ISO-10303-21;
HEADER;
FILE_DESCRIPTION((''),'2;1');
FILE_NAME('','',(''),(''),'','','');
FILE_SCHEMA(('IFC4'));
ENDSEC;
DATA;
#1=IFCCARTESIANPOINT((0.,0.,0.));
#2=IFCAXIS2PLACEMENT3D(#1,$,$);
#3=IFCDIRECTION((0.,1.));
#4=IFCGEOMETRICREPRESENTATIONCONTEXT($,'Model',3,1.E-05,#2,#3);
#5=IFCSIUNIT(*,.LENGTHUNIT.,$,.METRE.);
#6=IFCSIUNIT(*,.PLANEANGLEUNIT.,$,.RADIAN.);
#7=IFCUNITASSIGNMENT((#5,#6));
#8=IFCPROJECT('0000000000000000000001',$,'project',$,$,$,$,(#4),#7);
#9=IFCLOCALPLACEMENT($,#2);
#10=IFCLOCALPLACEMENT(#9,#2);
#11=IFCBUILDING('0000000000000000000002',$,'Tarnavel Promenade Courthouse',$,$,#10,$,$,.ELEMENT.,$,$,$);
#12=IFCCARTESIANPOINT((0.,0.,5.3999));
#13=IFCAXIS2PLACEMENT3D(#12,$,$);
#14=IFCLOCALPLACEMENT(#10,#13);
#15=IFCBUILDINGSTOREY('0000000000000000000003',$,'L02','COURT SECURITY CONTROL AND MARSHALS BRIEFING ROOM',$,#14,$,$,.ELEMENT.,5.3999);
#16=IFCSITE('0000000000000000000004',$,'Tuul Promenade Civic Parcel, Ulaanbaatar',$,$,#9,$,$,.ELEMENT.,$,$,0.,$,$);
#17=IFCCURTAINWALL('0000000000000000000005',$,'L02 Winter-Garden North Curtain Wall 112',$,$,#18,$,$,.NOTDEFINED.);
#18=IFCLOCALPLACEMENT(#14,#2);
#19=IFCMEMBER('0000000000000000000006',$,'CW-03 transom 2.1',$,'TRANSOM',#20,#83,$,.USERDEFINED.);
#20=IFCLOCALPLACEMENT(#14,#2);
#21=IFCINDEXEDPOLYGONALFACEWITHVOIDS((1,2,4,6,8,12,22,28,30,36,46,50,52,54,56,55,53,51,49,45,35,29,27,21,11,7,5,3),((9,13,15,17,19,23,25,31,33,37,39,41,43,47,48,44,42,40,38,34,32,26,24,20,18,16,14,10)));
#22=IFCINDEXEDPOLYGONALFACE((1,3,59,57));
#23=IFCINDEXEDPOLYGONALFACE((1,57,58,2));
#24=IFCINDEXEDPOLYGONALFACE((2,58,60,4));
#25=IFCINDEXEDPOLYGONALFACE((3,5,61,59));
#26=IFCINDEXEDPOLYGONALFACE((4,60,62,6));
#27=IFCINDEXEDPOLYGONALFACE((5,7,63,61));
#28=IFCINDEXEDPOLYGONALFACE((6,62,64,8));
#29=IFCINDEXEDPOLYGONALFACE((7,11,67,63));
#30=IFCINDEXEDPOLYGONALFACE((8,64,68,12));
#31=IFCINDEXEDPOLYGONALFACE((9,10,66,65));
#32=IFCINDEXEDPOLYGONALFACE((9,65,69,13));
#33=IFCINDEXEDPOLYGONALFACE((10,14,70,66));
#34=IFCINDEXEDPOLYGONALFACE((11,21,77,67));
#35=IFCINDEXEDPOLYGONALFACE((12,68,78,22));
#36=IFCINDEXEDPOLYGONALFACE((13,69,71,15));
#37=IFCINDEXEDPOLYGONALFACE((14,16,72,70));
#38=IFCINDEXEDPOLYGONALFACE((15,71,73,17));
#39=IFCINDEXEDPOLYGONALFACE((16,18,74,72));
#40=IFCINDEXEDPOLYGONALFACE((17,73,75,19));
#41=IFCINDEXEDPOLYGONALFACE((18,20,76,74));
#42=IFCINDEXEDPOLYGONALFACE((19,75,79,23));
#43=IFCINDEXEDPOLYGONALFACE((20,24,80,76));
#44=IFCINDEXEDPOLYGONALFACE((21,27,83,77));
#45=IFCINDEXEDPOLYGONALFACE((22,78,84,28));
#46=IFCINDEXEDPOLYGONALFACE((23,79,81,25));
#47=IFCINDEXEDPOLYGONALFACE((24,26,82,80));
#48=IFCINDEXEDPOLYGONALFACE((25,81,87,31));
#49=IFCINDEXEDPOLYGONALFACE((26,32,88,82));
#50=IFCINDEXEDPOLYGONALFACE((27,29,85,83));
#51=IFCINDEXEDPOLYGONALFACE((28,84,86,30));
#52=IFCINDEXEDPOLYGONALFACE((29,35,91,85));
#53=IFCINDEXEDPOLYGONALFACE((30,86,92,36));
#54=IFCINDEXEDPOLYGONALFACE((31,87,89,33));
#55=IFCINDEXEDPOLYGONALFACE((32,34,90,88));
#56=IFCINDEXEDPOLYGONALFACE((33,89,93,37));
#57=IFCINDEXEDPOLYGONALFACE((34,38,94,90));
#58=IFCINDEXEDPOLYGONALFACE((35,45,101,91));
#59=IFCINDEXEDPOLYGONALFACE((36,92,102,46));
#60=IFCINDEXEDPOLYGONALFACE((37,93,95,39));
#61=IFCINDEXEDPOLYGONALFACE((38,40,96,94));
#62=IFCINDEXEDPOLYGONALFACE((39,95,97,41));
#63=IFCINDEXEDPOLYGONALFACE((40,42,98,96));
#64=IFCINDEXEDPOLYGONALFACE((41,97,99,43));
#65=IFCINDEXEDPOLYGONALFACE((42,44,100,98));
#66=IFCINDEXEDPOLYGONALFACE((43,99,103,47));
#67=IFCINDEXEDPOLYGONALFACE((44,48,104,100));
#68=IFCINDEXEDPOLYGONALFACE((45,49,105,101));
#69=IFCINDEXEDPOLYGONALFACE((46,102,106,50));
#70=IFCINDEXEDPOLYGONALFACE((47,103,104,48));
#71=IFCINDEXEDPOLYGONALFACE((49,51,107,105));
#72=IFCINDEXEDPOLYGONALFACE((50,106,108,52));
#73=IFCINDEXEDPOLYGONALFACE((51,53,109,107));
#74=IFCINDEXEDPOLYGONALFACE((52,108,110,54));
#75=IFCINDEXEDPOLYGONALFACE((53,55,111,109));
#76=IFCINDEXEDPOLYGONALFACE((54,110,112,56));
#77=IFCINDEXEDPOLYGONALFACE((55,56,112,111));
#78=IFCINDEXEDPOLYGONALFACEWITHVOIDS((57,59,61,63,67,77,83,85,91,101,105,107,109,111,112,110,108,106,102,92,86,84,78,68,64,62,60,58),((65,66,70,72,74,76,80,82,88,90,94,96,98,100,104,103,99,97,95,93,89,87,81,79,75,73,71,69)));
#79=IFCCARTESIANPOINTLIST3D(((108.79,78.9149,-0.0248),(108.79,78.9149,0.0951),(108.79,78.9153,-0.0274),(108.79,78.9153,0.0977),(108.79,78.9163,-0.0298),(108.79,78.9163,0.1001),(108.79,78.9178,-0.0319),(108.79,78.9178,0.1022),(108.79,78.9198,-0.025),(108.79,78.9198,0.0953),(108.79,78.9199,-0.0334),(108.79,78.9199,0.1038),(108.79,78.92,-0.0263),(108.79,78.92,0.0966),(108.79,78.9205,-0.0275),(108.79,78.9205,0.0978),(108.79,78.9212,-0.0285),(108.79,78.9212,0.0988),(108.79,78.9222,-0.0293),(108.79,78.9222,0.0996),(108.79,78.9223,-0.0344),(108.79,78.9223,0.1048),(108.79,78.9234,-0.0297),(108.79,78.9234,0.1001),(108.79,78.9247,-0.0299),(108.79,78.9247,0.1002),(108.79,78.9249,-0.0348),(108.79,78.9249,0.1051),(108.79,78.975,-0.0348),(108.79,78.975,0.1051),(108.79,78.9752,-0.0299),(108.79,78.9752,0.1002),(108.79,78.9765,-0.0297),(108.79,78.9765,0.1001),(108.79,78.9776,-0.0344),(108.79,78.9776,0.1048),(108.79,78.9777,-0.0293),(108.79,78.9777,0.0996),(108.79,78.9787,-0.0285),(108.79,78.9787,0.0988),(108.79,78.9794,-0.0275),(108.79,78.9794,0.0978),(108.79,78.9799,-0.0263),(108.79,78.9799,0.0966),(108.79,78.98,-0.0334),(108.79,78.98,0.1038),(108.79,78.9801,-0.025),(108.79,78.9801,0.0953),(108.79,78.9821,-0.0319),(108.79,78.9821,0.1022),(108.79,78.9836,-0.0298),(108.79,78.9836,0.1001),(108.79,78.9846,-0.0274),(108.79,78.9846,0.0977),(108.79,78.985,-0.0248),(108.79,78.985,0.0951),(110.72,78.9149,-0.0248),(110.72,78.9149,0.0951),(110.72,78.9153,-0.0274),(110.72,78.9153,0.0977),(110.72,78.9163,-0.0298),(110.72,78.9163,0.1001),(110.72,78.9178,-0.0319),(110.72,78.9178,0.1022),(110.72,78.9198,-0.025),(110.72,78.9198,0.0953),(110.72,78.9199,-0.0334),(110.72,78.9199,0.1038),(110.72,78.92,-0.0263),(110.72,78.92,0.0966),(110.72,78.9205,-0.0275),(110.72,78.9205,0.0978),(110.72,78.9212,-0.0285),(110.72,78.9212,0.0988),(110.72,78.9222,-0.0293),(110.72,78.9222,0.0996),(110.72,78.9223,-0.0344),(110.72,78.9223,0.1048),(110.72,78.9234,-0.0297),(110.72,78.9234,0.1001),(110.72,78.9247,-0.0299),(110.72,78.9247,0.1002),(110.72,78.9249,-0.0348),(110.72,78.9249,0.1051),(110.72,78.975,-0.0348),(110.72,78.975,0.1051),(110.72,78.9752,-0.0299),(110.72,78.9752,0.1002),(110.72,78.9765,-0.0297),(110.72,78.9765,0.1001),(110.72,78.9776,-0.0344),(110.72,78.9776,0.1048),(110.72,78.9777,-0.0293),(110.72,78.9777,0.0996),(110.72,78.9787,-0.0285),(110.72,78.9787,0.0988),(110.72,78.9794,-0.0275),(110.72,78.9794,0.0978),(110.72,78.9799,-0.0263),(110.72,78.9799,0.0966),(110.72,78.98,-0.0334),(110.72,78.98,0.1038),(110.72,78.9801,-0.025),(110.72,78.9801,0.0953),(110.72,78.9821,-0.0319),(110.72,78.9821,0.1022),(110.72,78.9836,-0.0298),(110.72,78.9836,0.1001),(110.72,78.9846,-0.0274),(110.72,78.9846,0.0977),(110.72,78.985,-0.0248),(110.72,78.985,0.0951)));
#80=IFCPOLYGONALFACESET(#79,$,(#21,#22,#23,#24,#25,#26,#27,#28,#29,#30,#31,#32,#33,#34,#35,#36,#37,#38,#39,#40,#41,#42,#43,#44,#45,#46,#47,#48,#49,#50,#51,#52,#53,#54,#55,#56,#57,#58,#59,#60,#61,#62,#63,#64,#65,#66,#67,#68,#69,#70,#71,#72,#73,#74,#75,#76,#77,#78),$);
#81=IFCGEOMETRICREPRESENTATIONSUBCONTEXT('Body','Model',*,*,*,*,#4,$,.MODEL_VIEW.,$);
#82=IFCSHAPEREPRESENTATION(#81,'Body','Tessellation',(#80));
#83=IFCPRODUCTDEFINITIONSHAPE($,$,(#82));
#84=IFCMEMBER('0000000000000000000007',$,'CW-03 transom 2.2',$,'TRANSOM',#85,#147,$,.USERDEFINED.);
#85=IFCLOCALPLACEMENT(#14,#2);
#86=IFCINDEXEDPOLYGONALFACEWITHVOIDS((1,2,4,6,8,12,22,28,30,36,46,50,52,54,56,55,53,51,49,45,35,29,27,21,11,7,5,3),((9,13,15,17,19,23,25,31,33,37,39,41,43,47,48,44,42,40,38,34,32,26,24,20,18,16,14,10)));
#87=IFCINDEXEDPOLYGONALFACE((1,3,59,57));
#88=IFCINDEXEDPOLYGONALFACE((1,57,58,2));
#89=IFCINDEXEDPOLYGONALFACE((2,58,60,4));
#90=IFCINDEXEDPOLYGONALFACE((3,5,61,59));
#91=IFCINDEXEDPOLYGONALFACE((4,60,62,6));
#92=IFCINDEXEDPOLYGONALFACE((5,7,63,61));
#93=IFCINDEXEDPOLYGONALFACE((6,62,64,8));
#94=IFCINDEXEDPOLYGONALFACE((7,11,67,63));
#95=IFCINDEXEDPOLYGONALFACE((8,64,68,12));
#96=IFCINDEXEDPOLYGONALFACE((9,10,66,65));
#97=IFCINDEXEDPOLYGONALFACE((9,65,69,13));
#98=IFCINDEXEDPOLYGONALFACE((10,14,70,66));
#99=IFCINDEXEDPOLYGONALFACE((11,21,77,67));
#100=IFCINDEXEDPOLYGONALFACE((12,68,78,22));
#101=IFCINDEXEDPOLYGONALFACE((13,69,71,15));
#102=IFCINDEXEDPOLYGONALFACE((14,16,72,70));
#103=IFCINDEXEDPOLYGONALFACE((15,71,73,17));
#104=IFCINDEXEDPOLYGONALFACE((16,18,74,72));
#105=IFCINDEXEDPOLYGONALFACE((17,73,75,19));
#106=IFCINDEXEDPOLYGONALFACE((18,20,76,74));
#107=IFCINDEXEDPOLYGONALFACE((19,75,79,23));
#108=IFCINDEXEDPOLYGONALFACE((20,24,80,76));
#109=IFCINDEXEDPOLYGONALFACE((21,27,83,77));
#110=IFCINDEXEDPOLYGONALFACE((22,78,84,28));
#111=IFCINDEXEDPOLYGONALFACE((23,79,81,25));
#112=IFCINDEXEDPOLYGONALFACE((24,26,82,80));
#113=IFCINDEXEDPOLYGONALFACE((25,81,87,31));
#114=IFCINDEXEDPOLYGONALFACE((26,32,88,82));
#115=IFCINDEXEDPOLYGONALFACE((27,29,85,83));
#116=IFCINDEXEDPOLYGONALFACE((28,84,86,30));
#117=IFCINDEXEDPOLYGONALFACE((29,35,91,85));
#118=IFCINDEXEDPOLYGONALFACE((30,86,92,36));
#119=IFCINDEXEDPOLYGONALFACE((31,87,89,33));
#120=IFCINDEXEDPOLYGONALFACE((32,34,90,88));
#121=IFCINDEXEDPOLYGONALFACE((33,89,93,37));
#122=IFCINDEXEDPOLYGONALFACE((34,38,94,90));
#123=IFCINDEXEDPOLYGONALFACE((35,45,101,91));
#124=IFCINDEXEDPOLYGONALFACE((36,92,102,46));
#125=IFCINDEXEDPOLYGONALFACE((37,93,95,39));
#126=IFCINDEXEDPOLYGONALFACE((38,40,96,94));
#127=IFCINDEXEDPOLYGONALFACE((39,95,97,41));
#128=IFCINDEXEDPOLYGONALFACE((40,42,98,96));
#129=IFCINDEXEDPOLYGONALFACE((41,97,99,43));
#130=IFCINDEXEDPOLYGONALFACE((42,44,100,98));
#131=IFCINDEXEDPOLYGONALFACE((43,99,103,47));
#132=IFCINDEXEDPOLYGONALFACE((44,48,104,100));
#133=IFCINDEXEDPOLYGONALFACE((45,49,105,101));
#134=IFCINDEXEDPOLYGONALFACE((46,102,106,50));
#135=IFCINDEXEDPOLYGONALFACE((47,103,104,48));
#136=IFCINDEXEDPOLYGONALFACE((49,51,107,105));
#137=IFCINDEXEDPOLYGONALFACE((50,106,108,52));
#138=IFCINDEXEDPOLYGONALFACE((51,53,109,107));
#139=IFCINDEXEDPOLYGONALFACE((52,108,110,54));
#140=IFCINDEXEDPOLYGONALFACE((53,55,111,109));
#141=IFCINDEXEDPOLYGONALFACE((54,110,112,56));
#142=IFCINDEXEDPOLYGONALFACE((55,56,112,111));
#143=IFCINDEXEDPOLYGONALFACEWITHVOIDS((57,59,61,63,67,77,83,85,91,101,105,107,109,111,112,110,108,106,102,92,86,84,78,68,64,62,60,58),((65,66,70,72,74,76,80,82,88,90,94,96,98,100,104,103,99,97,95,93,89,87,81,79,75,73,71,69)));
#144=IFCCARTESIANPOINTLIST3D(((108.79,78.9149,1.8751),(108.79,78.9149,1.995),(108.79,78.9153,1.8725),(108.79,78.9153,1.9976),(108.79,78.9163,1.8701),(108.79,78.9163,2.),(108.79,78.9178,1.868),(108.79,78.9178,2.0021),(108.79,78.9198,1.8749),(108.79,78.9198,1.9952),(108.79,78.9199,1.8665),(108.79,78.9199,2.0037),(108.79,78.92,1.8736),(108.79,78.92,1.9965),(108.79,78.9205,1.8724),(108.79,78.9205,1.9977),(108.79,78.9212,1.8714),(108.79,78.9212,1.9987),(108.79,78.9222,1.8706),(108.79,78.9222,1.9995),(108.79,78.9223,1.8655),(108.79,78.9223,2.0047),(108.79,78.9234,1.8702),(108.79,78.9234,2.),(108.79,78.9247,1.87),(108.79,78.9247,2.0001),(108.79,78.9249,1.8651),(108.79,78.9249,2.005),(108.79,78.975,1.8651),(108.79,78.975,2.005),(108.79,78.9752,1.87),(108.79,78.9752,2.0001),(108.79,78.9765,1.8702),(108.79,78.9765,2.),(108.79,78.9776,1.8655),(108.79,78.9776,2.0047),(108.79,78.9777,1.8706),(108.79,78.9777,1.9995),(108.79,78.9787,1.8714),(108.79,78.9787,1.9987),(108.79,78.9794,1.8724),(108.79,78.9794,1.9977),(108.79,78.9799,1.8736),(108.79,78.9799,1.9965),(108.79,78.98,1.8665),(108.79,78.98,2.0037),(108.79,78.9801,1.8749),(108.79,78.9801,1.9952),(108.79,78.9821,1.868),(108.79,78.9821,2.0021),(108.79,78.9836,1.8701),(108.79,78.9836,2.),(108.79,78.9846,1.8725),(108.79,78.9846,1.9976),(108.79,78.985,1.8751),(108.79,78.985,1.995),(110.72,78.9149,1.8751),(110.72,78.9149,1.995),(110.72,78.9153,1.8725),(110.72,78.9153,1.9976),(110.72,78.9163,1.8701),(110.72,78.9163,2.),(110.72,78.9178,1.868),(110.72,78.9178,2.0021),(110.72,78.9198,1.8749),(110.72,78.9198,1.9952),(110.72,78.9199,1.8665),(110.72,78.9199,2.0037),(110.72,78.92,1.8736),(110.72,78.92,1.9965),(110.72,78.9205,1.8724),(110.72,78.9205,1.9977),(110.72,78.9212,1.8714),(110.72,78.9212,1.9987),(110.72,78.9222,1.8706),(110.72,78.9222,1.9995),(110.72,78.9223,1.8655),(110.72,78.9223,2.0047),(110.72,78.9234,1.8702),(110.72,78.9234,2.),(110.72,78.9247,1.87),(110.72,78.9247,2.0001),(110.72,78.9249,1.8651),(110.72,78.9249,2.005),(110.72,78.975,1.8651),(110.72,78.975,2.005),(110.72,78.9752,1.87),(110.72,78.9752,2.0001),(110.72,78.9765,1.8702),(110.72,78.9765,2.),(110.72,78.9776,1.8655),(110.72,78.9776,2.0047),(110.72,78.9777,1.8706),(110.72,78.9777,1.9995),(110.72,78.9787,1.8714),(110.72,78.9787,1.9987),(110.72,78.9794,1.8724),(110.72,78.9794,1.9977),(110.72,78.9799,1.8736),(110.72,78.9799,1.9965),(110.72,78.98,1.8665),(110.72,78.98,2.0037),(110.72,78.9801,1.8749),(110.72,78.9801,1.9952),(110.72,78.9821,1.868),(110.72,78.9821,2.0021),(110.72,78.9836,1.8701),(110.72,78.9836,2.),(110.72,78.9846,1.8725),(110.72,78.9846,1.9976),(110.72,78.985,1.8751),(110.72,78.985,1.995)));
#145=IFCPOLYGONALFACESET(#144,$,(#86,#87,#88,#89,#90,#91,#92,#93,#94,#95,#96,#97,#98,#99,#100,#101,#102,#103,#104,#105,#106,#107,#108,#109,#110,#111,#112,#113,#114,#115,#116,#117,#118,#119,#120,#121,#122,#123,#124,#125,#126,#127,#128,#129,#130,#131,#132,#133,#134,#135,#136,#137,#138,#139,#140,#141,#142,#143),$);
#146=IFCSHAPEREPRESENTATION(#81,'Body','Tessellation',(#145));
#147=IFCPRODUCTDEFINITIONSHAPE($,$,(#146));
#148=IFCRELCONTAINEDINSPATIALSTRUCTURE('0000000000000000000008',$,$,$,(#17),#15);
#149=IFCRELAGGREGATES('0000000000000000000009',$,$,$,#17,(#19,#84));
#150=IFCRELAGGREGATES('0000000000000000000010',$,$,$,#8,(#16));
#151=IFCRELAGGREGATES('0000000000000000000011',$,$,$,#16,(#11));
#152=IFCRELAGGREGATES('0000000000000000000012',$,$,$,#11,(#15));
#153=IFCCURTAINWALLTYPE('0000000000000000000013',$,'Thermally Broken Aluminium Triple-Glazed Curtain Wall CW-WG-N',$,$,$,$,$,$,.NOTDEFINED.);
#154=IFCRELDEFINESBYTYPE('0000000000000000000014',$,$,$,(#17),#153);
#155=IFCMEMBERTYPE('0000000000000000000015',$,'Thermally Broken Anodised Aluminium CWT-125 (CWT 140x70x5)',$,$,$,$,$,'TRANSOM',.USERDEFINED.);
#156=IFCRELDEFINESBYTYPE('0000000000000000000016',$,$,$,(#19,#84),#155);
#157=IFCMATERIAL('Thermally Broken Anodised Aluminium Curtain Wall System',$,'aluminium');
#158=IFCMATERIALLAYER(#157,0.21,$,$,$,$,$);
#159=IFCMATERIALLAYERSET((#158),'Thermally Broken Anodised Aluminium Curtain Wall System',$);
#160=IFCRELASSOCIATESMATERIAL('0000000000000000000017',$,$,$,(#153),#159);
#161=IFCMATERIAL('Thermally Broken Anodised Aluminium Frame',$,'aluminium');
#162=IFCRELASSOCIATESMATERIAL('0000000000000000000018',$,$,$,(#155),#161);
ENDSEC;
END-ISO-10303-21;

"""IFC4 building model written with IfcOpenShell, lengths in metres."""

from ifc_helpers import new_model, si_unit, direction, frame, origin, origin_2d, place, context, subcontext, project, spatial, hollow_rectangle, extrude, material, layer, layer_set, material_profile, profile_set, type_object, element, aggregate, save


model = new_model("IFC4")

# Units and contexts
model_context = context("Model", 3, precision=1e-05, world=origin(), true_north=direction((0.0, 1.0)))
body_context = subcontext(model_context, "Body", "Model", "MODEL_VIEW")
ifc_project = project(units=[si_unit("LENGTHUNIT", "METRE"), si_unit("PLANEANGLEUNIT", "RADIAN")], contexts=[model_context])

# Site, building, storey
site_placement = place(None, origin())
site = spatial("IfcSite", under=ifc_project, at=site_placement, Name="Tuul Promenade Civic Parcel, Ulaanbaatar", CompositionType="ELEMENT", RefElevation=0.0)
building_placement = place(site_placement, origin())
building = spatial("IfcBuilding", under=site, at=building_placement, Name="Tarnavel Promenade Courthouse", CompositionType="ELEMENT")
storey_placement = place(building_placement, frame((0.0, 0.0, 5.3999)))
storey = spatial("IfcBuildingStorey", under=building, at=storey_placement, Name="L02", Description="COURT SECURITY CONTROL AND MARSHALS BRIEFING ROOM", CompositionType="ELEMENT", Elevation=5.3999)

# Curtain wall
ifc_material_1 = material(Name="Thermally Broken Anodised Aluminium Curtain Wall System", Category="aluminium")
ifc_layer_1 = layer(ifc_material_1, 0.21)
ifc_layer_set_1 = layer_set([ifc_layer_1], Name="Thermally Broken Anodised Aluminium Curtain Wall System")
curtain_wall_type_1 = type_object("IfcCurtainWallType", Name="Thermally Broken Aluminium Triple-Glazed Curtain Wall CW-WG-N", PredefinedType="NOTDEFINED", material=ifc_layer_set_1)
curtain_wall_1_placement = place(storey_placement, origin())
curtain_wall_1 = element("IfcCurtainWall", 1, at=curtain_wall_1_placement, inside=storey, type_object=curtain_wall_type_1, Name="L02 Winter-Garden North Curtain Wall 112", PredefinedType="NOTDEFINED")
ifc_material_2 = material(Name="Thermally Broken Anodised Aluminium Frame", Category="aluminium")

# Members
ifc_material_profile_1 = material_profile(ifc_material_2, hollow_rectangle(XDim=0.0701, YDim=0.1399, WallThickness=0.0049, InnerFilletRadius=0.0049, OuterFilletRadius=0.01, at=origin_2d()), Name="CWT 140x70x5")
ifc_profile_set_1 = profile_set([ifc_material_profile_1], Name="Thermally Broken Anodised Aluminium Frame")
member_type_1 = type_object("IfcMemberType", Name="Thermally Broken Anodised Aluminium CWT-125 (CWT 140x70x5)", ElementType="TRANSOM", PredefinedType="USERDEFINED", material=ifc_profile_set_1)
member_1_placement = place(storey_placement, frame((108.79, 78.95, 0.0352), z_axis=(1.0, 0.0, 0.0), x_axis=(0.0, 1.0, 0.0)))
member_1 = element("IfcMember", 2, at=member_1_placement, type_object=member_type_1, Name="CW-03 transom 2.1", ObjectType="TRANSOM", PredefinedType="USERDEFINED", context=body_context, shape_type="SweptSolid", body=[
    extrude(hollow_rectangle(XDim=0.0701, YDim=0.1399, WallThickness=0.0049, InnerFilletRadius=0.0049, OuterFilletRadius=0.01, at=origin_2d()), origin(), (0.0, 0.0, 1.0), 1.9299),
])
member_2_placement = place(storey_placement, frame((108.79, 78.95, 1.9351), z_axis=(1.0, 0.0, 0.0), x_axis=(0.0, 1.0, 0.0)))
member_2 = element("IfcMember", 3, at=member_2_placement, type_object=member_type_1, Name="CW-03 transom 2.2", ObjectType="TRANSOM", PredefinedType="USERDEFINED", context=body_context, shape_type="SweptSolid", body=[
    extrude(hollow_rectangle(XDim=0.0701, YDim=0.1399, WallThickness=0.0049, InnerFilletRadius=0.0049, OuterFilletRadius=0.01, at=origin_2d()), origin(), (0.0, 0.0, 1.0), 1.9299),
])

aggregate(curtain_wall_1, [member_1, member_2])

save(model, "model.ifc")
